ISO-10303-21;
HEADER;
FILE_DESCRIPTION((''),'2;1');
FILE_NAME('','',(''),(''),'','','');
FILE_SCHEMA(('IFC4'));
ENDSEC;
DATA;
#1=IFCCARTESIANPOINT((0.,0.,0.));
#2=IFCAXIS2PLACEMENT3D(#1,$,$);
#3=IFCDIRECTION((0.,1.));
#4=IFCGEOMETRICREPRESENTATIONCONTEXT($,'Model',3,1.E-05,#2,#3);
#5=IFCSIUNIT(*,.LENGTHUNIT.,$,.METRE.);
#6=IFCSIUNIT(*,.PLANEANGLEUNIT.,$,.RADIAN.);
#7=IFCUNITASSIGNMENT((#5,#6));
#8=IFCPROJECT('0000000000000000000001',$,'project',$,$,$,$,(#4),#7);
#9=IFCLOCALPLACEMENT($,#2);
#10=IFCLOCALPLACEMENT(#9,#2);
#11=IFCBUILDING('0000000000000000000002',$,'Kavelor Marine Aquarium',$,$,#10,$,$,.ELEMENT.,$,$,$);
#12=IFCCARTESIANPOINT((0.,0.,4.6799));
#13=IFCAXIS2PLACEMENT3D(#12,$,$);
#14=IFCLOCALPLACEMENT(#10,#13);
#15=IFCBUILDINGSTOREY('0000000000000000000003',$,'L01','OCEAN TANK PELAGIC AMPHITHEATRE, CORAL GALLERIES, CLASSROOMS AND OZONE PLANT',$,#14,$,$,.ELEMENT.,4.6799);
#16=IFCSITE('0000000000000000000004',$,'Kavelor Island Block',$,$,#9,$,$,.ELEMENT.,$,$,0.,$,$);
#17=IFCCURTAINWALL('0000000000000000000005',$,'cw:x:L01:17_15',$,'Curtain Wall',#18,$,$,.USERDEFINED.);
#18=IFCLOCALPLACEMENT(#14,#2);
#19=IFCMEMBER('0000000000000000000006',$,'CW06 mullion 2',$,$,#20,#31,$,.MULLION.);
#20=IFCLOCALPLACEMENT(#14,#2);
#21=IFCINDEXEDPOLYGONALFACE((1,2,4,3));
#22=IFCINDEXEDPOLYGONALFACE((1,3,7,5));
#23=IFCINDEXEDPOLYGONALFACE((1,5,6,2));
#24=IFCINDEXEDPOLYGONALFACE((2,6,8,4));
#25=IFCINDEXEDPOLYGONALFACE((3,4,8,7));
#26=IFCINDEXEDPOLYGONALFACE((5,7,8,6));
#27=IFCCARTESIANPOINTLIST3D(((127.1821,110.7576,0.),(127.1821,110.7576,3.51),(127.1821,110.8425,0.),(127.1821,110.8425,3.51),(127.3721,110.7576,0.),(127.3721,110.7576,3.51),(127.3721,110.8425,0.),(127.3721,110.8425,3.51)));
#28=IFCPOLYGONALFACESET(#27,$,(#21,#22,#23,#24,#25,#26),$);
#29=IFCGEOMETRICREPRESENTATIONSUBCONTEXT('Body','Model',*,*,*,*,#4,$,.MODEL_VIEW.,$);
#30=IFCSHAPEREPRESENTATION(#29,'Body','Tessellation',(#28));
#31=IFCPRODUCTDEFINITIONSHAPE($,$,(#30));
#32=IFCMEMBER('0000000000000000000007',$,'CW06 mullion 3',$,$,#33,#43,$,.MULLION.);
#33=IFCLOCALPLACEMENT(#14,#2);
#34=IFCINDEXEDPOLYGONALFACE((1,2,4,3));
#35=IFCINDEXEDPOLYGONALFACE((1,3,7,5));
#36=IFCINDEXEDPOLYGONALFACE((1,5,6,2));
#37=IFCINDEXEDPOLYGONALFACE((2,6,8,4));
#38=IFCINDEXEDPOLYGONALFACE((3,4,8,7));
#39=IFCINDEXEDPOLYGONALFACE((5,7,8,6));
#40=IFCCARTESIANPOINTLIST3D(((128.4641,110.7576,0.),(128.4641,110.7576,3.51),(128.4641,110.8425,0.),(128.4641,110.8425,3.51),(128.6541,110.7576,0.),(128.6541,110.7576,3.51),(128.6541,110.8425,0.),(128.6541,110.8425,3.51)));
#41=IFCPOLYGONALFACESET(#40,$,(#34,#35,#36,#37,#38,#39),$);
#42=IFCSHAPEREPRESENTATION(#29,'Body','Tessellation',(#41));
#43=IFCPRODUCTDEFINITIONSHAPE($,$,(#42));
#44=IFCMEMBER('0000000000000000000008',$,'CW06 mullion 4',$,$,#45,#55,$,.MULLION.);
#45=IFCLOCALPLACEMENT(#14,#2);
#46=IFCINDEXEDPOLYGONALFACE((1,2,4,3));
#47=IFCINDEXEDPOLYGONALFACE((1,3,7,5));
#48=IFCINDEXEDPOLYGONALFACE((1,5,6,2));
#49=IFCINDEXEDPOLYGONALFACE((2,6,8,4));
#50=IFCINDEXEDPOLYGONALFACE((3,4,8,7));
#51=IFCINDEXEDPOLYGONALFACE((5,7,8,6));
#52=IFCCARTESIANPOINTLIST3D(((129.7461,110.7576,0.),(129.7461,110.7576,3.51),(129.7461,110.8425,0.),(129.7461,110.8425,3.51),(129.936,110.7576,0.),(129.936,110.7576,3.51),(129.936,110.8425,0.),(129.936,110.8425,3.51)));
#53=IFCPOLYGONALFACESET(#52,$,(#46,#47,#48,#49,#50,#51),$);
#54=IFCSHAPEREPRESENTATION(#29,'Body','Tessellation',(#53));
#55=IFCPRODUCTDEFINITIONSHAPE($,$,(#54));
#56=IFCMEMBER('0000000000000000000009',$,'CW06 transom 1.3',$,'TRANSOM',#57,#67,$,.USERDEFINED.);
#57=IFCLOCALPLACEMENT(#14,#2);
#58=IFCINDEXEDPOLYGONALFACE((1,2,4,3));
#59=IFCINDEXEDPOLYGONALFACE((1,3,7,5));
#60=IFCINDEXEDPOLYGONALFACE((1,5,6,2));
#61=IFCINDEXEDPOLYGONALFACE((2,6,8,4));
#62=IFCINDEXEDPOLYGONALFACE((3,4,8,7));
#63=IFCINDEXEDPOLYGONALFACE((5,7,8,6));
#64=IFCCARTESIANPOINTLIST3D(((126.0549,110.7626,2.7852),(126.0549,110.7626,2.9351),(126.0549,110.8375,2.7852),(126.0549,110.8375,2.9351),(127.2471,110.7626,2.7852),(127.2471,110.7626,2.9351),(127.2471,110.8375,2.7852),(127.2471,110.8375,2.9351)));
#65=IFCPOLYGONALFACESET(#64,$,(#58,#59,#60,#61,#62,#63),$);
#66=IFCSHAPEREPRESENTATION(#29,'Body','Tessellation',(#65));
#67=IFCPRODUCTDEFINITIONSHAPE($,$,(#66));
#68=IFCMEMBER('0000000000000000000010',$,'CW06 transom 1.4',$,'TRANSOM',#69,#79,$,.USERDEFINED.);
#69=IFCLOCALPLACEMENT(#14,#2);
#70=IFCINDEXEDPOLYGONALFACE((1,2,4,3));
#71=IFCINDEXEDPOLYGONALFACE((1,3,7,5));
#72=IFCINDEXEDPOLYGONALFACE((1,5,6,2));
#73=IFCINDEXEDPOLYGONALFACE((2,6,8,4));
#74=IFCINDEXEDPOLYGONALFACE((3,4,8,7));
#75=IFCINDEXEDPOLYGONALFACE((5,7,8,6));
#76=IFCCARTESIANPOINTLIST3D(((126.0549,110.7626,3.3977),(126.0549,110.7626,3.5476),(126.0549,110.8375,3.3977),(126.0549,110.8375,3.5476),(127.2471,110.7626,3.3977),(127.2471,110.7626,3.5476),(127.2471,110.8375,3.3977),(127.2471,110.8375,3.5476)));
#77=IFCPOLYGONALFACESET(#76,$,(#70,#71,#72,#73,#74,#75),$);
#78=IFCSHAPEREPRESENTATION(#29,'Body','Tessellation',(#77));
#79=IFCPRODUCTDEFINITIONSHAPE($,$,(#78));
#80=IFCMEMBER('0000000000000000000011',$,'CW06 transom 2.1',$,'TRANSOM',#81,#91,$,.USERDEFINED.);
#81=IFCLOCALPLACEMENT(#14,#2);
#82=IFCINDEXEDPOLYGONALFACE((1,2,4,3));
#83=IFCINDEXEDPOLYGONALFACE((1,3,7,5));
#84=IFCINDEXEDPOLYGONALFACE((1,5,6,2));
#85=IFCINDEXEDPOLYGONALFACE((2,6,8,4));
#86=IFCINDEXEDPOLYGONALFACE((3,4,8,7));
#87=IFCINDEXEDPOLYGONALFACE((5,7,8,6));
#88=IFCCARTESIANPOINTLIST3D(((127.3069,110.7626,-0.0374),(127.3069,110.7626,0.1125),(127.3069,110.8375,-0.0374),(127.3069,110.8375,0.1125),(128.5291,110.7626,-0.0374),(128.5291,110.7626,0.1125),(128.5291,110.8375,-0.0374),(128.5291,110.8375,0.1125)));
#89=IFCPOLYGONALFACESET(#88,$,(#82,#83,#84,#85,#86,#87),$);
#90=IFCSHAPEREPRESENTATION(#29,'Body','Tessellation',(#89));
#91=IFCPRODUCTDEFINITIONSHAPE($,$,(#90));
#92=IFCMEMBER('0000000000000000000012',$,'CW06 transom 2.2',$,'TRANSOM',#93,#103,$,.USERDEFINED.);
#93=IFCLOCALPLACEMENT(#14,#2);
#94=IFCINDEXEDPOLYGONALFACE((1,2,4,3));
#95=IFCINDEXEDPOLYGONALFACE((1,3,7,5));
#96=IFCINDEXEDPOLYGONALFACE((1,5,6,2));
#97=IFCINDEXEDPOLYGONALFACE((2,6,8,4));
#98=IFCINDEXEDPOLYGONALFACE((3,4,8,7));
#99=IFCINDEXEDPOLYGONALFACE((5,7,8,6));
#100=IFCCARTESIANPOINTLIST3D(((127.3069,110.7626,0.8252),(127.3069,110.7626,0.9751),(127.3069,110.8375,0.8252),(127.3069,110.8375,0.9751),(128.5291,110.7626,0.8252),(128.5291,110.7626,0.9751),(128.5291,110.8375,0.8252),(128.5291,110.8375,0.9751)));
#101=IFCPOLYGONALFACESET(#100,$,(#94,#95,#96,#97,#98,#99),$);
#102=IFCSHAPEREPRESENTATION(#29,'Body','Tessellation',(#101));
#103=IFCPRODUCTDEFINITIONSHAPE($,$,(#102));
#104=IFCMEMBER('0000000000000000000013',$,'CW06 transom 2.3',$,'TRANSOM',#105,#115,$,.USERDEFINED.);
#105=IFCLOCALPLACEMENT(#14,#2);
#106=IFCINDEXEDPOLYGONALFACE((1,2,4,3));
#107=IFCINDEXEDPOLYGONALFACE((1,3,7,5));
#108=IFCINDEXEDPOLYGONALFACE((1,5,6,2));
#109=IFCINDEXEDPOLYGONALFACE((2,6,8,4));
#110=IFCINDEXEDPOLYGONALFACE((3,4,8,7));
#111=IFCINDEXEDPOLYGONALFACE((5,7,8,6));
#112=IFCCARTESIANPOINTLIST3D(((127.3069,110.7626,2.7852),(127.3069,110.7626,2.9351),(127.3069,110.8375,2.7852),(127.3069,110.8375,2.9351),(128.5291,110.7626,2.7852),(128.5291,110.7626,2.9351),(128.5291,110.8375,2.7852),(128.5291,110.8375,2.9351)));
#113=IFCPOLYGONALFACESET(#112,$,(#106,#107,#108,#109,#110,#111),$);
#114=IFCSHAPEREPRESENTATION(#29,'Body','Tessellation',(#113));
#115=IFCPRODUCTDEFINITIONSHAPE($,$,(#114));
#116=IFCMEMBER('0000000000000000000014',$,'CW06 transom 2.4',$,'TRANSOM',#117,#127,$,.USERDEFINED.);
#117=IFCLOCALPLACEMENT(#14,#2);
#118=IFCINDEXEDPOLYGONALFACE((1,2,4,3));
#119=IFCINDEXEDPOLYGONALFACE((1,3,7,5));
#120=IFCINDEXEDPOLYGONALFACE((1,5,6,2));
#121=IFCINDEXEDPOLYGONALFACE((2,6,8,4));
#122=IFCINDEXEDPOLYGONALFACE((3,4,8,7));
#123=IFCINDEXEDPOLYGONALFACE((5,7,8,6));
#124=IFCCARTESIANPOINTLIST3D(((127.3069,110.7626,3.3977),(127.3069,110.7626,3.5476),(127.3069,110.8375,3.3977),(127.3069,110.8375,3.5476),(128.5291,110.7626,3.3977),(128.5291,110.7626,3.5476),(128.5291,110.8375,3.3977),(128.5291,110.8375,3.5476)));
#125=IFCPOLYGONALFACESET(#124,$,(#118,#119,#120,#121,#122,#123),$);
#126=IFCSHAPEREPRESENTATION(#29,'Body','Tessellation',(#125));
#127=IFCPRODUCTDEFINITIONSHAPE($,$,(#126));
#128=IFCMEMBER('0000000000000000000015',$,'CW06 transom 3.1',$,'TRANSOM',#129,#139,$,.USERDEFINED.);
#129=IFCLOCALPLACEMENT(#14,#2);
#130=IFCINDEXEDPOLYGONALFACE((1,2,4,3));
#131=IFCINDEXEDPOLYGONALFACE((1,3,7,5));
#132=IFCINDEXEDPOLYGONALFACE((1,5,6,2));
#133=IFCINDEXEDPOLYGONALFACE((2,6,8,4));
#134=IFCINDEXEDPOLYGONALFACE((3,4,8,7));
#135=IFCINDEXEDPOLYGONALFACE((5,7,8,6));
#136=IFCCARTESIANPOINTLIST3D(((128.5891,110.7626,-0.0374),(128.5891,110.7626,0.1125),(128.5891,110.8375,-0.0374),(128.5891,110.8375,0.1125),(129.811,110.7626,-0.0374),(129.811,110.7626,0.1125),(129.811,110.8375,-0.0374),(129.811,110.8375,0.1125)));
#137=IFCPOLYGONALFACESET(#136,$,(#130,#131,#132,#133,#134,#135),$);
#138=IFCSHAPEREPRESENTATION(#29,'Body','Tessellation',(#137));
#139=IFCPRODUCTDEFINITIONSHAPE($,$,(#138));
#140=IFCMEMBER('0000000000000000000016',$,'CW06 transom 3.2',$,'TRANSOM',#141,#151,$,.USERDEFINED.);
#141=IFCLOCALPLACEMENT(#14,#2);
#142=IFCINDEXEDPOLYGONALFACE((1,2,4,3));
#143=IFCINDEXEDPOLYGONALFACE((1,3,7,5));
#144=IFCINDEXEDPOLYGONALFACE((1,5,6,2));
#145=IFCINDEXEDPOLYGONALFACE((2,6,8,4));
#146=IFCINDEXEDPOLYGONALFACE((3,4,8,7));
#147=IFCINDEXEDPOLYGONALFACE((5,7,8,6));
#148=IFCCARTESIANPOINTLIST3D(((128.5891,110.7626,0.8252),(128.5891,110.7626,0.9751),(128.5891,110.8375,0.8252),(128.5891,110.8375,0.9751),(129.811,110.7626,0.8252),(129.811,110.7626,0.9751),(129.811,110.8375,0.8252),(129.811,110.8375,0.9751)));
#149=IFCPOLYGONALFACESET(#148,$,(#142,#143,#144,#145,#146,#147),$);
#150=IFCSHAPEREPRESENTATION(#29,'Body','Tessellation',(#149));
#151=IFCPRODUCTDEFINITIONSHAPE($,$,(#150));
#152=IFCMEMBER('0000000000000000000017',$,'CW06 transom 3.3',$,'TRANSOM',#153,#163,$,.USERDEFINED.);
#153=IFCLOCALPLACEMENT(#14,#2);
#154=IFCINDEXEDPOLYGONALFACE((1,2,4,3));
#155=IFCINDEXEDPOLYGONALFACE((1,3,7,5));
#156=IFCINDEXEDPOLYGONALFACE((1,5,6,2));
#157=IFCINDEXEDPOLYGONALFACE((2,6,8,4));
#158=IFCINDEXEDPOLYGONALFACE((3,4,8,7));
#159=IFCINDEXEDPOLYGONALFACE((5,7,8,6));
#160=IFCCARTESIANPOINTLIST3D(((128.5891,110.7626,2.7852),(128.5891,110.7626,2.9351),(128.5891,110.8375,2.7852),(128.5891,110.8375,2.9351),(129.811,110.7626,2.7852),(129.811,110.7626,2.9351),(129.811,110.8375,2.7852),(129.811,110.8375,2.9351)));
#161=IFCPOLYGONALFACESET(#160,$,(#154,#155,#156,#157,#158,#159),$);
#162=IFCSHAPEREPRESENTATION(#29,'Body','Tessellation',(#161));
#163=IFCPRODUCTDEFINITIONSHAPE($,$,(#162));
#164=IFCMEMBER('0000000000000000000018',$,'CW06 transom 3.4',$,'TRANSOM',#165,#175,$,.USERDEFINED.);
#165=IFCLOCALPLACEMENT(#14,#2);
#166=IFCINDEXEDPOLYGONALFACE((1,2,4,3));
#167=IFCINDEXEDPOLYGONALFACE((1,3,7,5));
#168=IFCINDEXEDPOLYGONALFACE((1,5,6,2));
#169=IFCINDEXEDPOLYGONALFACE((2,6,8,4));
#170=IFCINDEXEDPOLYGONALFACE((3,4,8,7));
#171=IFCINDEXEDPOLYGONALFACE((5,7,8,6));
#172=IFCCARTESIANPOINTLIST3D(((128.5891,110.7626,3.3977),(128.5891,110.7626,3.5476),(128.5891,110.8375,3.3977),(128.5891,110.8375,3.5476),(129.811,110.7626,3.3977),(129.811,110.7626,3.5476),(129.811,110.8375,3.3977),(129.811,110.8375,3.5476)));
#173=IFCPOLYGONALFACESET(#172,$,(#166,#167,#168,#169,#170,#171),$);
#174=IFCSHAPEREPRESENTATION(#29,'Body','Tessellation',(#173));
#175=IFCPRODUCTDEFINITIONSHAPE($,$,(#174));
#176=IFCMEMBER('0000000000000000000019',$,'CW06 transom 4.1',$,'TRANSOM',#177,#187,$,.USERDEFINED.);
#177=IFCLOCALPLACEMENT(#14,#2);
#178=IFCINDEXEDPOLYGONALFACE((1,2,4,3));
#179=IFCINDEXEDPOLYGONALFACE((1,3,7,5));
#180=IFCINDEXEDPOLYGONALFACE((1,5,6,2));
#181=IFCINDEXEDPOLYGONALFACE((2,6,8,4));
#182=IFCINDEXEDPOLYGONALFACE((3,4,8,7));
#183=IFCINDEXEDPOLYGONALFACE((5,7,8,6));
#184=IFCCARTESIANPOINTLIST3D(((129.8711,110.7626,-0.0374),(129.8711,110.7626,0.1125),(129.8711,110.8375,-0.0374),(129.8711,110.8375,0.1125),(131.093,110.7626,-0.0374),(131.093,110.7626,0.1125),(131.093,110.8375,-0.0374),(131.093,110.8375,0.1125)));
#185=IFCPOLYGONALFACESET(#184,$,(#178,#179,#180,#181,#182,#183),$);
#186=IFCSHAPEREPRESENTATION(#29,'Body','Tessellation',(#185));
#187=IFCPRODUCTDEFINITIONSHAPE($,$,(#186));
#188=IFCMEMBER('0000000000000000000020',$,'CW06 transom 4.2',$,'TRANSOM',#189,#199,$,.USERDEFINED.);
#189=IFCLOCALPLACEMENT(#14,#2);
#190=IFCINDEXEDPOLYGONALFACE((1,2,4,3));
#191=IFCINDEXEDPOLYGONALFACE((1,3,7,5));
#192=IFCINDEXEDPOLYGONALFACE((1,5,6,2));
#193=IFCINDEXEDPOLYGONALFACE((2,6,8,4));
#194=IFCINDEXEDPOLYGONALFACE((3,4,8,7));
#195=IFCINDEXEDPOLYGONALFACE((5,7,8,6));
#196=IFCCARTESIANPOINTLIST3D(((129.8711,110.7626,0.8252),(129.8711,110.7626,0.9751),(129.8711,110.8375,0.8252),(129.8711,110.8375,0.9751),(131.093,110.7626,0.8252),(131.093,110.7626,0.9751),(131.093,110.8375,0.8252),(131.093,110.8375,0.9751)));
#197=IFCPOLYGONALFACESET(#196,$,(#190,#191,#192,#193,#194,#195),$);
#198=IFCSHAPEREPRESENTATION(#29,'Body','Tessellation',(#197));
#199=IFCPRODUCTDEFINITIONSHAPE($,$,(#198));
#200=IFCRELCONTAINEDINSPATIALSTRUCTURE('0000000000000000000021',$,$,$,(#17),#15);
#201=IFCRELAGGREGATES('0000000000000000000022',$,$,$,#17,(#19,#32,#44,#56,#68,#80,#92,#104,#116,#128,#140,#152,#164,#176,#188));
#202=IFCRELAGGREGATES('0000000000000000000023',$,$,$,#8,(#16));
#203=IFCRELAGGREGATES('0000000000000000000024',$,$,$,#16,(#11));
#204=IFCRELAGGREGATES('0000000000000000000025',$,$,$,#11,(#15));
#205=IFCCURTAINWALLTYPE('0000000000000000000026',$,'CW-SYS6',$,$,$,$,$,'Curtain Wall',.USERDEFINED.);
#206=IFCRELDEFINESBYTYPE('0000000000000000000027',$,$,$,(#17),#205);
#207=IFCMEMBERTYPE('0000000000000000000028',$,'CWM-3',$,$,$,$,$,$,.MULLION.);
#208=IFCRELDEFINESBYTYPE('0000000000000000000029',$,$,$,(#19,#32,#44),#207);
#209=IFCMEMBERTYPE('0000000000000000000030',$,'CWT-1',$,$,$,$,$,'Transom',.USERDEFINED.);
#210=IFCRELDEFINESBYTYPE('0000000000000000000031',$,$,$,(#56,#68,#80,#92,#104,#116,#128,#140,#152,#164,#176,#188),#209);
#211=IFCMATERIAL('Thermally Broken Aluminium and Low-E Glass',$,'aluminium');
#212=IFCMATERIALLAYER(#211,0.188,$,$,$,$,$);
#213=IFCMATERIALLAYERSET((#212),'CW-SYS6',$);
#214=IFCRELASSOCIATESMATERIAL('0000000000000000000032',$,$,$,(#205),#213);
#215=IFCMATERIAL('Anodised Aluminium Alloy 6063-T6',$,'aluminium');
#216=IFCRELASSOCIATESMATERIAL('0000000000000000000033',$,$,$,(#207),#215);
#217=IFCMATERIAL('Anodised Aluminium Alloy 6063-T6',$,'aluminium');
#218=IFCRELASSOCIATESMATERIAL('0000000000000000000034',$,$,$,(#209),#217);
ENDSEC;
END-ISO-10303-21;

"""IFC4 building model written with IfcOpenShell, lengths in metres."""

from ifc_helpers import new_model, si_unit, direction, frame, origin, origin_2d, place, context, subcontext, project, spatial, rectangle, extrude, material, layer, layer_set, material_profile, profile_set, type_object, element, aggregate, save


model = new_model("IFC4")

# Units and contexts
model_context = context("Model", 3, precision=1e-05, world=origin(), true_north=direction((0.0, 1.0)))
body_context = subcontext(model_context, "Body", "Model", "MODEL_VIEW")
ifc_project = project(units=[si_unit("LENGTHUNIT", "METRE"), si_unit("PLANEANGLEUNIT", "RADIAN")], contexts=[model_context])

# Site, building, storey
site_placement = place(None, origin())
site = spatial("IfcSite", under=ifc_project, at=site_placement, Name="Kavelor Island Block", CompositionType="ELEMENT", RefElevation=0.0)
building_placement = place(site_placement, origin())
building = spatial("IfcBuilding", under=site, at=building_placement, Name="Kavelor Marine Aquarium", CompositionType="ELEMENT")
storey_placement = place(building_placement, frame((0.0, 0.0, 4.6799)))
storey = spatial("IfcBuildingStorey", under=building, at=storey_placement, Name="L01", Description="OCEAN TANK PELAGIC AMPHITHEATRE, CORAL GALLERIES, CLASSROOMS AND OZONE PLANT", CompositionType="ELEMENT", Elevation=4.6799)

# Curtain wall, members
ifc_material_1 = material(Name="Thermally Broken Aluminium and Low-E Glass", Category="aluminium")
ifc_layer_1 = layer(ifc_material_1, 0.188)
ifc_layer_set_1 = layer_set([ifc_layer_1], Name="CW-SYS6")
curtain_wall_type = type_object("IfcCurtainWallType", Name="CW-SYS6", ElementType="Curtain Wall", PredefinedType="USERDEFINED", material=ifc_layer_set_1)
curtain_wall_placement = place(storey_placement, origin())
curtain_wall = element("IfcCurtainWall", 1, at=curtain_wall_placement, inside=storey, type_object=curtain_wall_type, Name="cw:x:L01:17_15", ObjectType="Curtain Wall", PredefinedType="USERDEFINED")
ifc_material_2 = material(Name="Anodised Aluminium Alloy 6063-T6", Category="aluminium")
ifc_material_profile_1 = material_profile(ifc_material_2, rectangle(XDim=0.085, YDim=0.1899, at=origin_2d()), Name="CW-MUL 85x190")
ifc_profile_set_1 = profile_set([ifc_material_profile_1], Name="Anodised Aluminium Alloy 6063-T6")
member_type_1 = type_object("IfcMemberType", Name="CWM-3", PredefinedType="MULLION", material=ifc_profile_set_1)
member_1_placement = place(storey_placement, frame((127.2771, 110.8, 0.0), z_axis=(0.0, 0.0, 1.0), x_axis=(0.0, 1.0, 0.0)))
member_1 = element("IfcMember", 2, at=member_1_placement, type_object=member_type_1, Name="CW06 mullion 2", PredefinedType="MULLION", context=body_context, shape_type="SweptSolid", body=[
    extrude(rectangle(XDim=0.085, YDim=0.1899, at=origin_2d()), origin(), (0.0, 0.0, 1.0), 3.51),
])
member_2_placement = place(storey_placement, frame((128.5591, 110.8, 0.0), z_axis=(0.0, 0.0, 1.0), x_axis=(0.0, 1.0, 0.0)))
member_2 = element("IfcMember", 3, at=member_2_placement, type_object=member_type_1, Name="CW06 mullion 3", PredefinedType="MULLION", context=body_context, shape_type="SweptSolid", body=[
    extrude(rectangle(XDim=0.085, YDim=0.1899, at=origin_2d()), origin(), (0.0, 0.0, 1.0), 3.51),
])
member_3_placement = place(storey_placement, frame((129.8411, 110.8, 0.0), z_axis=(0.0, 0.0, 1.0), x_axis=(0.0, 1.0, 0.0)))
member_3 = element("IfcMember", 4, at=member_3_placement, type_object=member_type_1, Name="CW06 mullion 4", PredefinedType="MULLION", context=body_context, shape_type="SweptSolid", body=[
    extrude(rectangle(XDim=0.085, YDim=0.1899, at=origin_2d()), origin(), (0.0, 0.0, 1.0), 3.51),
])
ifc_material_3 = material(Name="Anodised Aluminium Alloy 6063-T6", Category="aluminium")
ifc_material_profile_2 = material_profile(ifc_material_3, rectangle(XDim=0.075, YDim=0.1499, at=origin_2d()), Name="CW-TRN 75x150")
ifc_profile_set_2 = profile_set([ifc_material_profile_2], Name="Anodised Aluminium Alloy 6063-T6")
member_type_2 = type_object("IfcMemberType", Name="CWT-1", ElementType="Transom", PredefinedType="USERDEFINED", material=ifc_profile_set_2)
member_4_placement = place(storey_placement, frame((126.0549, 110.8, 2.8601), z_axis=(1.0, 0.0, 0.0), x_axis=(0.0, 1.0, 0.0)))
member_4 = element("IfcMember", 5, at=member_4_placement, type_object=member_type_2, Name="CW06 transom 1.3", ObjectType="TRANSOM", PredefinedType="USERDEFINED", context=body_context, shape_type="SweptSolid", body=[
    extrude(rectangle(XDim=0.075, YDim=0.1499, at=origin_2d()), origin(), (0.0, 0.0, 1.0), 1.1921),
])
member_5_placement = place(storey_placement, frame((126.0549, 110.8, 3.4727), z_axis=(1.0, 0.0, 0.0), x_axis=(0.0, 1.0, 0.0)))
member_5 = element("IfcMember", 6, at=member_5_placement, type_object=member_type_2, Name="CW06 transom 1.4", ObjectType="TRANSOM", PredefinedType="USERDEFINED", context=body_context, shape_type="SweptSolid", body=[
    extrude(rectangle(XDim=0.075, YDim=0.1499, at=origin_2d()), origin(), (0.0, 0.0, 1.0), 1.1921),
])
member_6_placement = place(storey_placement, frame((127.3069, 110.8, 0.0376), z_axis=(1.0, 0.0, 0.0), x_axis=(0.0, 1.0, 0.0)))
member_6 = element("IfcMember", 7, at=member_6_placement, type_object=member_type_2, Name="CW06 transom 2.1", ObjectType="TRANSOM", PredefinedType="USERDEFINED", context=body_context, shape_type="SweptSolid", body=[
    extrude(rectangle(XDim=0.075, YDim=0.1499, at=origin_2d()), origin(), (0.0, 0.0, 1.0), 1.2222),
])
member_7_placement = place(storey_placement, frame((127.3069, 110.8, 0.9001), z_axis=(1.0, 0.0, 0.0), x_axis=(0.0, 1.0, 0.0)))
member_7 = element("IfcMember", 8, at=member_7_placement, type_object=member_type_2, Name="CW06 transom 2.2", ObjectType="TRANSOM", PredefinedType="USERDEFINED", context=body_context, shape_type="SweptSolid", body=[
    extrude(rectangle(XDim=0.075, YDim=0.1499, at=origin_2d()), origin(), (0.0, 0.0, 1.0), 1.2222),
])
member_8_placement = place(storey_placement, frame((127.3069, 110.8, 2.8601), z_axis=(1.0, 0.0, 0.0), x_axis=(0.0, 1.0, 0.0)))
member_8 = element("IfcMember", 9, at=member_8_placement, type_object=member_type_2, Name="CW06 transom 2.3", ObjectType="TRANSOM", PredefinedType="USERDEFINED", context=body_context, shape_type="SweptSolid", body=[
    extrude(rectangle(XDim=0.075, YDim=0.1499, at=origin_2d()), origin(), (0.0, 0.0, 1.0), 1.2222),
])
member_9_placement = place(storey_placement, frame((127.3069, 110.8, 3.4727), z_axis=(1.0, 0.0, 0.0), x_axis=(0.0, 1.0, 0.0)))
member_9 = element("IfcMember", 10, at=member_9_placement, type_object=member_type_2, Name="CW06 transom 2.4", ObjectType="TRANSOM", PredefinedType="USERDEFINED", context=body_context, shape_type="SweptSolid", body=[
    extrude(rectangle(XDim=0.075, YDim=0.1499, at=origin_2d()), origin(), (0.0, 0.0, 1.0), 1.2222),
])
member_10_placement = place(storey_placement, frame((128.5891, 110.8, 0.0376), z_axis=(1.0, 0.0, 0.0), x_axis=(0.0, 1.0, 0.0)))
member_10 = element("IfcMember", 11, at=member_10_placement, type_object=member_type_2, Name="CW06 transom 3.1", ObjectType="TRANSOM", PredefinedType="USERDEFINED", context=body_context, shape_type="SweptSolid", body=[
    extrude(rectangle(XDim=0.075, YDim=0.1499, at=origin_2d()), origin(), (0.0, 0.0, 1.0), 1.2219),
])
member_11_placement = place(storey_placement, frame((128.5891, 110.8, 0.9001), z_axis=(1.0, 0.0, 0.0), x_axis=(0.0, 1.0, 0.0)))
member_11 = element("IfcMember", 12, at=member_11_placement, type_object=member_type_2, Name="CW06 transom 3.2", ObjectType="TRANSOM", PredefinedType="USERDEFINED", context=body_context, shape_type="SweptSolid", body=[
    extrude(rectangle(XDim=0.075, YDim=0.1499, at=origin_2d()), origin(), (0.0, 0.0, 1.0), 1.2219),
])
member_12_placement = place(storey_placement, frame((128.5891, 110.8, 2.8601), z_axis=(1.0, 0.0, 0.0), x_axis=(0.0, 1.0, 0.0)))
member_12 = element("IfcMember", 13, at=member_12_placement, type_object=member_type_2, Name="CW06 transom 3.3", ObjectType="TRANSOM", PredefinedType="USERDEFINED", context=body_context, shape_type="SweptSolid", body=[
    extrude(rectangle(XDim=0.075, YDim=0.1499, at=origin_2d()), origin(), (0.0, 0.0, 1.0), 1.2219),
])
member_13_placement = place(storey_placement, frame((128.5891, 110.8, 3.4727), z_axis=(1.0, 0.0, 0.0), x_axis=(0.0, 1.0, 0.0)))
member_13 = element("IfcMember", 14, at=member_13_placement, type_object=member_type_2, Name="CW06 transom 3.4", ObjectType="TRANSOM", PredefinedType="USERDEFINED", context=body_context, shape_type="SweptSolid", body=[
    extrude(rectangle(XDim=0.075, YDim=0.1499, at=origin_2d()), origin(), (0.0, 0.0, 1.0), 1.2219),
])
member_14_placement = place(storey_placement, frame((129.8711, 110.8, 0.0376), z_axis=(1.0, 0.0, 0.0), x_axis=(0.0, 1.0, 0.0)))
member_14 = element("IfcMember", 15, at=member_14_placement, type_object=member_type_2, Name="CW06 transom 4.1", ObjectType="TRANSOM", PredefinedType="USERDEFINED", context=body_context, shape_type="SweptSolid", body=[
    extrude(rectangle(XDim=0.075, YDim=0.1499, at=origin_2d()), origin(), (0.0, 0.0, 1.0), 1.2219),
])
member_15_placement = place(storey_placement, frame((129.8711, 110.8, 0.9001), z_axis=(1.0, 0.0, 0.0), x_axis=(0.0, 1.0, 0.0)))
member_15 = element("IfcMember", 16, at=member_15_placement, type_object=member_type_2, Name="CW06 transom 4.2", ObjectType="TRANSOM", PredefinedType="USERDEFINED", context=body_context, shape_type="SweptSolid", body=[
    extrude(rectangle(XDim=0.075, YDim=0.1499, at=origin_2d()), origin(), (0.0, 0.0, 1.0), 1.2219),
])
aggregate(curtain_wall, [member_1, member_2, member_3, member_4, member_5, member_6, member_7, member_8, member_9, member_10, member_11, member_12, member_13, member_14, member_15])

save(model, "model.ifc")
